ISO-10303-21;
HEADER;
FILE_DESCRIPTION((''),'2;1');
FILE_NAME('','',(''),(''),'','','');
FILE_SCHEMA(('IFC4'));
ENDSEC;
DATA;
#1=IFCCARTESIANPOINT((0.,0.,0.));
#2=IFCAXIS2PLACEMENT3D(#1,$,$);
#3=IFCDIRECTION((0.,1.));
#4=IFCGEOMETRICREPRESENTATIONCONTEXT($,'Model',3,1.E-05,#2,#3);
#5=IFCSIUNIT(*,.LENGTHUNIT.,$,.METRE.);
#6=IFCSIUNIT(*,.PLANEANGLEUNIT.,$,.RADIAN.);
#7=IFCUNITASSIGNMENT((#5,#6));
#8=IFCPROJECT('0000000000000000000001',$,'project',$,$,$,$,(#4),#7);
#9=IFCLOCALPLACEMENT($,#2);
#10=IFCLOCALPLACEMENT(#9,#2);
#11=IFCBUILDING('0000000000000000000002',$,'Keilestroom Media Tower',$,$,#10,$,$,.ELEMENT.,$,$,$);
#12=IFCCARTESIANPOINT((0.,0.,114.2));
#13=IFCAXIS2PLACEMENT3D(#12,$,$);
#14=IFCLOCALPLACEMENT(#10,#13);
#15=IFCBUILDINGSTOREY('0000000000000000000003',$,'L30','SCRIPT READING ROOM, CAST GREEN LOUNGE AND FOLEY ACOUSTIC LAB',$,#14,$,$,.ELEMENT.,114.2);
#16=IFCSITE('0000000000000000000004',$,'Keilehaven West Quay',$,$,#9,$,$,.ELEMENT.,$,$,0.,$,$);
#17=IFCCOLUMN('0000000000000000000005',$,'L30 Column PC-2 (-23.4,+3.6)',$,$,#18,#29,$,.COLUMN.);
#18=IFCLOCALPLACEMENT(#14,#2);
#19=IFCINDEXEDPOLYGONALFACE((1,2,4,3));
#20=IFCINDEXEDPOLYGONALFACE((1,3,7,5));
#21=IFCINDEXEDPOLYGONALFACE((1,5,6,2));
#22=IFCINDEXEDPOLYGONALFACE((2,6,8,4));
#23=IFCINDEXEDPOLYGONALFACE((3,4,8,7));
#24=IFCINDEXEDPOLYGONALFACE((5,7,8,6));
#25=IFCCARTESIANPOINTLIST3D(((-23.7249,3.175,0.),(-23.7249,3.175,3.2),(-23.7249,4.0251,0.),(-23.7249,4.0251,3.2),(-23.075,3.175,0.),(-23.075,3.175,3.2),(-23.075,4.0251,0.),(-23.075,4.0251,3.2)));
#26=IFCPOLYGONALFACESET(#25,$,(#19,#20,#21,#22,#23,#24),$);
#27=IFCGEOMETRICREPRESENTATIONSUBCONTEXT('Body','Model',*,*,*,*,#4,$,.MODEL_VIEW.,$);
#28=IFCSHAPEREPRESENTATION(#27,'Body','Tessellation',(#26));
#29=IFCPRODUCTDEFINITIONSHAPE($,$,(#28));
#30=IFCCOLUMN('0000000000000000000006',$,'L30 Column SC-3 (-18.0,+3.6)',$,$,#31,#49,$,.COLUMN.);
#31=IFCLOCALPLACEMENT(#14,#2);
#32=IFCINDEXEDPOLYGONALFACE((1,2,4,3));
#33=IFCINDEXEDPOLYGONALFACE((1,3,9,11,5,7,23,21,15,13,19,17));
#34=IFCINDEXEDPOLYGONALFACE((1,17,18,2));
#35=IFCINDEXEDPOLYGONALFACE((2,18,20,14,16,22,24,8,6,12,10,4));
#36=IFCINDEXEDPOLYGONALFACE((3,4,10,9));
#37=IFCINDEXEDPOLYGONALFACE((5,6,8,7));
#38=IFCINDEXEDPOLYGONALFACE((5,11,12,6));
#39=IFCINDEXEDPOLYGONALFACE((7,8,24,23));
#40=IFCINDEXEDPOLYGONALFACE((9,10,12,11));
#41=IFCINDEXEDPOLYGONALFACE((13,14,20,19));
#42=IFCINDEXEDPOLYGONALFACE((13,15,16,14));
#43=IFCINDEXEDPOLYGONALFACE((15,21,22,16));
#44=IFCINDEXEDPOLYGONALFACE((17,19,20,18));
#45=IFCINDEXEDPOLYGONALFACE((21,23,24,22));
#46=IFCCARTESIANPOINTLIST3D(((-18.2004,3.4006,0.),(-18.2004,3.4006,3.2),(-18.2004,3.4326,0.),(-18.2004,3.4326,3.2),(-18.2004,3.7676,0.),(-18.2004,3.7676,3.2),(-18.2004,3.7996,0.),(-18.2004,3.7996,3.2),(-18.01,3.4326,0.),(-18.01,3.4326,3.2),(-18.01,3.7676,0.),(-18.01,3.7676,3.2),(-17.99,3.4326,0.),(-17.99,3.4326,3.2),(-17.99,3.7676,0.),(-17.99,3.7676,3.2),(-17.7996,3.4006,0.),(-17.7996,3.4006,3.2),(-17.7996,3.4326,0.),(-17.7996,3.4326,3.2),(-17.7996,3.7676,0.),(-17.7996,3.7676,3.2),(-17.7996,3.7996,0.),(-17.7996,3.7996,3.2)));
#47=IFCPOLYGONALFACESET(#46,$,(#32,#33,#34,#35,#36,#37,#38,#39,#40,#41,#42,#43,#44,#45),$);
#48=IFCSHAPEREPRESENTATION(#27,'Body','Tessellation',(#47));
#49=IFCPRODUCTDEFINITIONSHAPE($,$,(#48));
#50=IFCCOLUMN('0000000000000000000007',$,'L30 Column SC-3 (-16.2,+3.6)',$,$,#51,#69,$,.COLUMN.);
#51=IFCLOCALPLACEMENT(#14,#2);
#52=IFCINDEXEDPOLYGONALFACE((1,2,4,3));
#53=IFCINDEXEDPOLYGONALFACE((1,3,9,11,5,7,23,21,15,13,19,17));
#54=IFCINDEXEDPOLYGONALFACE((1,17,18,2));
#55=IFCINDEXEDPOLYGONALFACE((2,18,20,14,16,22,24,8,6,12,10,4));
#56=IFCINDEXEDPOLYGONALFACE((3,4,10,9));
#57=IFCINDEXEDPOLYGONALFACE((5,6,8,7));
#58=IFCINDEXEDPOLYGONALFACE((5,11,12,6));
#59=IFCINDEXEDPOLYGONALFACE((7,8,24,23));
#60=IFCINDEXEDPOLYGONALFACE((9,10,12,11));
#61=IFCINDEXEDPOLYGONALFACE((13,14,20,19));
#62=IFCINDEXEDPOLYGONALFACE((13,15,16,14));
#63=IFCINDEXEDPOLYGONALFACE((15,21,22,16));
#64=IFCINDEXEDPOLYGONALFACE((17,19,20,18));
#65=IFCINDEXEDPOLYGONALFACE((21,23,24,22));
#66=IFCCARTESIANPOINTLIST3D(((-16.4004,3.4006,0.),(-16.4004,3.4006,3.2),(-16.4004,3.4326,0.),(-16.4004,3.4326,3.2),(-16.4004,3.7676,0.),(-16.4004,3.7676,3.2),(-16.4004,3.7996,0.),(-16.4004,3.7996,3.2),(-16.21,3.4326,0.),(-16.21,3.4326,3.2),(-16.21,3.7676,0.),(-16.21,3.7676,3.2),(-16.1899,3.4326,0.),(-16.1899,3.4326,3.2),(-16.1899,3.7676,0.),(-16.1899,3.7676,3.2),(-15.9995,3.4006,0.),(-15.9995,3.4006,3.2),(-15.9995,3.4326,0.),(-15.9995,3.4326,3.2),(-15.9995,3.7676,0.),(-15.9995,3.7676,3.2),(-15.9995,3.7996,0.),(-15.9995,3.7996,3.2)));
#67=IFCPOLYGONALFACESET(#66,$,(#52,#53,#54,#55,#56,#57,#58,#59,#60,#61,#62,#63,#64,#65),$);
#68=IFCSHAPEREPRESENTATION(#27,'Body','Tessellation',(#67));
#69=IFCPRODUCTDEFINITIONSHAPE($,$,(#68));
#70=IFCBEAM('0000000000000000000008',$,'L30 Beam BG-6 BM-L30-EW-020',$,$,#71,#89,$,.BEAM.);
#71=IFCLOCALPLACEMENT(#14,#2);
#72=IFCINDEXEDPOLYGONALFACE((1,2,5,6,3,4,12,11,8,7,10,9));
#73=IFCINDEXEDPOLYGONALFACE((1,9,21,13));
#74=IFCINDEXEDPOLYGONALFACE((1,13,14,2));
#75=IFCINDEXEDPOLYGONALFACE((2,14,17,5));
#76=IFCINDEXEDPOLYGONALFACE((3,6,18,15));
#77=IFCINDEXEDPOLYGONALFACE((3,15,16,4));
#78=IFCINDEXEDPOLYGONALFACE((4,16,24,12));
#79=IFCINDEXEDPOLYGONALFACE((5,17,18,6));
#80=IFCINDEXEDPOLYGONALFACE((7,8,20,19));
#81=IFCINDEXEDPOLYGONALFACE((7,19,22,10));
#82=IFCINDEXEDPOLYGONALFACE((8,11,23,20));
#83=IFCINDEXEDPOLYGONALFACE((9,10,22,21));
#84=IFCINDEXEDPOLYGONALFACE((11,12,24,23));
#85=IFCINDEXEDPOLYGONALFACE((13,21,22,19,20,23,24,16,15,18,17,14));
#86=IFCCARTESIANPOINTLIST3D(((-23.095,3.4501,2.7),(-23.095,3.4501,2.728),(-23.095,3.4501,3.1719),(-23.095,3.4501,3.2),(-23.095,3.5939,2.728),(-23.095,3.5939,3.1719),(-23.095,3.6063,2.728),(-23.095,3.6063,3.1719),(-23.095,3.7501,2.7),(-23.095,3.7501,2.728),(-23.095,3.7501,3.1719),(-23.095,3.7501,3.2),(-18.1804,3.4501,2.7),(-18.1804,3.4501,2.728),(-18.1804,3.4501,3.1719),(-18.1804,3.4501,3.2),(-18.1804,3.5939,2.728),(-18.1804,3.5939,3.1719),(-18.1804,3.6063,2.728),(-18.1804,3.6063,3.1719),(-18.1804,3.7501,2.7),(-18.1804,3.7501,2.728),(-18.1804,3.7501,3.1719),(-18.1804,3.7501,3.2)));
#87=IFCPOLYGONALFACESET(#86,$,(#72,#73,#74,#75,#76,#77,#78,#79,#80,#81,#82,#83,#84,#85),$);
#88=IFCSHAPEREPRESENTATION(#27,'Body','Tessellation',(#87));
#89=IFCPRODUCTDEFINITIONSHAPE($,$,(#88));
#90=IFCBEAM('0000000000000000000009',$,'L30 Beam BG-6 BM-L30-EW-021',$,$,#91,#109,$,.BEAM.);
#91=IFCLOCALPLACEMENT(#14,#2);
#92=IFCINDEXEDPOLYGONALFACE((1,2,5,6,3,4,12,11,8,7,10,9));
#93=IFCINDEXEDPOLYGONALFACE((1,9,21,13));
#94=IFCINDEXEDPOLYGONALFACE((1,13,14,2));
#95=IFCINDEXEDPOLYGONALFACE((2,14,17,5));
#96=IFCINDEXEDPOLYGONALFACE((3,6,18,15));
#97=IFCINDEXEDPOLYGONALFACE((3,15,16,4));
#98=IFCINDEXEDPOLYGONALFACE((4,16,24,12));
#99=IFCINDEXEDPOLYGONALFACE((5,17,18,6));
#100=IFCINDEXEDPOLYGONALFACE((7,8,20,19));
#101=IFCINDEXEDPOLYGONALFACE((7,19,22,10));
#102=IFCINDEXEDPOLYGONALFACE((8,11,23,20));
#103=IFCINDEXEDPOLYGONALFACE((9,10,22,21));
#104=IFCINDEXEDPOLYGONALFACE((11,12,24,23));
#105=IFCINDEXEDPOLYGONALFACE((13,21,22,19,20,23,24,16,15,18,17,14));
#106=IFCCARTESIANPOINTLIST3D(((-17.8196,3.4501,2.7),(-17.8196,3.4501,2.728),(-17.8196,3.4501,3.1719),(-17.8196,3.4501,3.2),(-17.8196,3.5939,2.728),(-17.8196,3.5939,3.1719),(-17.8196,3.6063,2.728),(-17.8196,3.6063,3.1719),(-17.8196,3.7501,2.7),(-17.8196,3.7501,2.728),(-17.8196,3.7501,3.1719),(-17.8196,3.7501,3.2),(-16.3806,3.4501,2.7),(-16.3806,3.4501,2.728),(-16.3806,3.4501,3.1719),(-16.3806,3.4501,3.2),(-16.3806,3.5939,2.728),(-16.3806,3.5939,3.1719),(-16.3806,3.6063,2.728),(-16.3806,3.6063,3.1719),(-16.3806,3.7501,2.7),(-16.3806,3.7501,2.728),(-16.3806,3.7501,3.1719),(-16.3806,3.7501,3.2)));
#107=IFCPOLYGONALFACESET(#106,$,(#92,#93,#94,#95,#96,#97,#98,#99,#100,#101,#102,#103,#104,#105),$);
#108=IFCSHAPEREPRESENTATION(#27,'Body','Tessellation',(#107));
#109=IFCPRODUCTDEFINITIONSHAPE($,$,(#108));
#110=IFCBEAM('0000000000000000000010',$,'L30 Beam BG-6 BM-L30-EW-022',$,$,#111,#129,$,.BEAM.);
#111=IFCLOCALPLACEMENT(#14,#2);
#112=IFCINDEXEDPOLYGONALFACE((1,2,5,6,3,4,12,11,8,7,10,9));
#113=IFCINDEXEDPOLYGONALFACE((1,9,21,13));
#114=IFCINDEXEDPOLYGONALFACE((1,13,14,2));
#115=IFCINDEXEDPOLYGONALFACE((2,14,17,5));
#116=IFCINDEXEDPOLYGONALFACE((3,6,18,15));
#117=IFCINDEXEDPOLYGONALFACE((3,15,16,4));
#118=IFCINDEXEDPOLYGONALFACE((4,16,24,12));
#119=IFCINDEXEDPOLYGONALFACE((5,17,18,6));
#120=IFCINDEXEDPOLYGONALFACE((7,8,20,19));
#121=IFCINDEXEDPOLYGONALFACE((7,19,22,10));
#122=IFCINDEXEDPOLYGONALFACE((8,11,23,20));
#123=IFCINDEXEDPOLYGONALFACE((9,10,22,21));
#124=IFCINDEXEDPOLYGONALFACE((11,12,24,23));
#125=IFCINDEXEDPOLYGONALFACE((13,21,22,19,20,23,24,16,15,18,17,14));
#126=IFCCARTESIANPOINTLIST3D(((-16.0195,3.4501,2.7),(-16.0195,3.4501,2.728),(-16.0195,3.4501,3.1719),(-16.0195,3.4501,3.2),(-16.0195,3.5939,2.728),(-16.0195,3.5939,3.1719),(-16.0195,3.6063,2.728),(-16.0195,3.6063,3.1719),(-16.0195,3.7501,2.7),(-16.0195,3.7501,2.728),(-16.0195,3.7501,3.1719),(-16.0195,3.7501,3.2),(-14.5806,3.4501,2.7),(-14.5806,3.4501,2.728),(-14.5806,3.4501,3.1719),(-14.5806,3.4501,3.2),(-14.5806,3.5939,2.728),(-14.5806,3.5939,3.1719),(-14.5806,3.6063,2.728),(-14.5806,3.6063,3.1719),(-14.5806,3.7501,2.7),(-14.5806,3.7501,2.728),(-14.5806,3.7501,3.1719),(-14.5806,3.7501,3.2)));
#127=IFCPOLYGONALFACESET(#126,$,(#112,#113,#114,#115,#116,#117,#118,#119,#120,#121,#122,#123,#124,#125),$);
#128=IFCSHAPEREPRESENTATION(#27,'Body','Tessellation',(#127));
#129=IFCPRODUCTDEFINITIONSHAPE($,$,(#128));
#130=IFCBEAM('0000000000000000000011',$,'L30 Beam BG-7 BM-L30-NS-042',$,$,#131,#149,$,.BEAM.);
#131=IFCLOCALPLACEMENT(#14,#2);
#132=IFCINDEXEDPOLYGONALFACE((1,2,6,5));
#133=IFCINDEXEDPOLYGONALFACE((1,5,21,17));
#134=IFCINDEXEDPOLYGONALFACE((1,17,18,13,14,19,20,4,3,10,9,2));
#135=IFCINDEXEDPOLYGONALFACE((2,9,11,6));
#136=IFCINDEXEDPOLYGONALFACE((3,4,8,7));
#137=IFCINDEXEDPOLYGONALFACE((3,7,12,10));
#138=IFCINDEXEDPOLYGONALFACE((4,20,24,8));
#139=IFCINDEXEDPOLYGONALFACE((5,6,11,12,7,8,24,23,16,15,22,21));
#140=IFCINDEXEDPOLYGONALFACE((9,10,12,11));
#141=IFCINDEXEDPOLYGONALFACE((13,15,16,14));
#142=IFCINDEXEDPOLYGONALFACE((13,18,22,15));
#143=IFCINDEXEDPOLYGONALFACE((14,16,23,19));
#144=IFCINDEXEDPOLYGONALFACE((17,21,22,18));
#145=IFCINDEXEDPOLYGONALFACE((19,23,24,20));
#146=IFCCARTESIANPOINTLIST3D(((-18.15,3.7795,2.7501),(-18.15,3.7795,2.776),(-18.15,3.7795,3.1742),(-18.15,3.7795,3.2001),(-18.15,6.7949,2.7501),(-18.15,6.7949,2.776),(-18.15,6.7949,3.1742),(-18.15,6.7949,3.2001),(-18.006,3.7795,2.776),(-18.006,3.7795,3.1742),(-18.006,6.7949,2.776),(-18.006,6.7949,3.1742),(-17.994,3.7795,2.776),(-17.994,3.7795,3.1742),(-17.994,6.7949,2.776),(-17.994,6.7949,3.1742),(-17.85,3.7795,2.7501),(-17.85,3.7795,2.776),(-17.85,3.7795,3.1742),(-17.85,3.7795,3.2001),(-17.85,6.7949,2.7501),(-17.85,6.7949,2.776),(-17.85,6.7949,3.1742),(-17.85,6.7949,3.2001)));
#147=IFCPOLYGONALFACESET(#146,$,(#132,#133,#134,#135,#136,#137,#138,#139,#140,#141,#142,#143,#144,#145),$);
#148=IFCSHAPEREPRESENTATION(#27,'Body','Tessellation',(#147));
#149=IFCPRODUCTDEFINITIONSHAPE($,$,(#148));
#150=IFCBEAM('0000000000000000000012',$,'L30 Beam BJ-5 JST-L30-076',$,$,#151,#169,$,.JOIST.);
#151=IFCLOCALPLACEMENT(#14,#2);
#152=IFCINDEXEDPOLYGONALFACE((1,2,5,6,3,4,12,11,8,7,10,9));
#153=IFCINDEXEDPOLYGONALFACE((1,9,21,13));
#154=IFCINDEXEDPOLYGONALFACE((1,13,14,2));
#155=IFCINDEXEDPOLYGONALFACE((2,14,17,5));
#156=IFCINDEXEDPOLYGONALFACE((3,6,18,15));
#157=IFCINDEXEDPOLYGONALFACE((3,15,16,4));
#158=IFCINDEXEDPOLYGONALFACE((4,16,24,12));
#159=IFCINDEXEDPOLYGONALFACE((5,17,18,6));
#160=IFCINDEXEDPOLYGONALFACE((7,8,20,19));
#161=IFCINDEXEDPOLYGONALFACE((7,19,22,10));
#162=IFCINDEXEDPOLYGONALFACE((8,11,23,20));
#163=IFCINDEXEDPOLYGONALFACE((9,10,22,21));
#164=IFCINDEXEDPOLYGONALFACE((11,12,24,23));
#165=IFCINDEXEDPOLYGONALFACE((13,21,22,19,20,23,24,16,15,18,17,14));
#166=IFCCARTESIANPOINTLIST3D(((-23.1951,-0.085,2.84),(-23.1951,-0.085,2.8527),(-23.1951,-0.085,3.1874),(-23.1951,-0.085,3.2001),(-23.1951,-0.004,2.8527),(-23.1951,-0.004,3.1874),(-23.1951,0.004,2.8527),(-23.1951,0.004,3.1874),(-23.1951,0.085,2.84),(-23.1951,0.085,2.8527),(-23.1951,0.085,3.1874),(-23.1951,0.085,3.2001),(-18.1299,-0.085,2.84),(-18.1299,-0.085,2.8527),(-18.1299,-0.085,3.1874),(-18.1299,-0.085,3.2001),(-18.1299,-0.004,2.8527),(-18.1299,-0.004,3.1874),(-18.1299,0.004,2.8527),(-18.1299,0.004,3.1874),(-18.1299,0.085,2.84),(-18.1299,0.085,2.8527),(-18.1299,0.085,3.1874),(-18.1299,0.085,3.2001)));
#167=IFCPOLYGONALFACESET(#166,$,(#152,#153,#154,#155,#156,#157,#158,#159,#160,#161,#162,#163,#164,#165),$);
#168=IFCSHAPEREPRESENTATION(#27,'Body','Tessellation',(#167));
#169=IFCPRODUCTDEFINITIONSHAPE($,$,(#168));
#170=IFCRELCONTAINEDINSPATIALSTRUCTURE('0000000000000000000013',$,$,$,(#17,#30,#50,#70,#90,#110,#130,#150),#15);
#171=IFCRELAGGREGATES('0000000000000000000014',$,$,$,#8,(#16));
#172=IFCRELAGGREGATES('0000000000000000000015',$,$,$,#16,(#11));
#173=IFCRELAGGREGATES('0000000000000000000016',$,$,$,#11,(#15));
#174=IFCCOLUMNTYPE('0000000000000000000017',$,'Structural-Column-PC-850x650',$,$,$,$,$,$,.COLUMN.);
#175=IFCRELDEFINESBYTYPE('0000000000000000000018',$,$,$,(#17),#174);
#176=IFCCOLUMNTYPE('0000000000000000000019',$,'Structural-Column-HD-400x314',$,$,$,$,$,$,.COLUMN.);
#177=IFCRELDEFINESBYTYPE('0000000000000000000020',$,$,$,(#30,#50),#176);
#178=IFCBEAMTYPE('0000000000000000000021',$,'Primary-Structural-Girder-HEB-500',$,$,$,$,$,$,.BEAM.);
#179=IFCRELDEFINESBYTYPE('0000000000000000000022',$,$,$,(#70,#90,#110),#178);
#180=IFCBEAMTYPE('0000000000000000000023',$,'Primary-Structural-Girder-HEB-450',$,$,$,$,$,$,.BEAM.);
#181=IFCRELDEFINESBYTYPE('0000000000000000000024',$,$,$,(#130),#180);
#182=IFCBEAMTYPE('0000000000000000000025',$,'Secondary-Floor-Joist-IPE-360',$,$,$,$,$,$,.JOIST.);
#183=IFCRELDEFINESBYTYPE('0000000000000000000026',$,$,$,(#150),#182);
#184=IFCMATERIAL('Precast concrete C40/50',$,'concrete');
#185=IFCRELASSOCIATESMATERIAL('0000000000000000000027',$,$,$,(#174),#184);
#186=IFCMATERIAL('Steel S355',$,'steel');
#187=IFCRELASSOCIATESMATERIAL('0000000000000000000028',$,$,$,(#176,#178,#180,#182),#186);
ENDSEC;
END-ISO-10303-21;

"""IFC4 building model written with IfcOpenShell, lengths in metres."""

from ifc_helpers import new_model, si_unit, direction, frame, origin, origin_2d, place, context, subcontext, project, spatial, rectangle, i_section, extrude, source, transform, mapped, material, material_profile, profile_set, type_object, element, save


model = new_model("IFC4")

# Units and contexts
model_context = context("Model", 3, precision=1e-05, world=origin(), true_north=direction((0.0, 1.0)))
body_context = subcontext(model_context, "Body", "Model", "MODEL_VIEW")
ifc_project = project(units=[si_unit("LENGTHUNIT", "METRE"), si_unit("PLANEANGLEUNIT", "RADIAN")], contexts=[model_context])

# Site, building, storey
site_placement = place(None, origin())
site = spatial("IfcSite", under=ifc_project, at=site_placement, Name="Keilehaven West Quay", CompositionType="ELEMENT", RefElevation=0.0)
building_placement = place(site_placement, origin())
building = spatial("IfcBuilding", under=site, at=building_placement, Name="Keilestroom Media Tower", CompositionType="ELEMENT")
storey_placement = place(building_placement, frame((0.0, 0.0, 114.2)))
storey = spatial("IfcBuildingStorey", under=building, at=storey_placement, Name="L30", Description="SCRIPT READING ROOM, CAST GREEN LOUNGE AND FOLEY ACOUSTIC LAB", CompositionType="ELEMENT", Elevation=114.2)

# Columns
ifc_material_1 = material(Name="Precast concrete C40/50", Category="concrete")
ifc_material_profile_1 = material_profile(ifc_material_1, rectangle(XDim=0.6499, YDim=0.8501, at=origin_2d()), Name="PC 850x650")
ifc_profile_set_1 = profile_set([ifc_material_profile_1], Name="Precast concrete C40/50")
column_type_1 = type_object("IfcColumnType", Name="Structural-Column-PC-850x650", PredefinedType="COLUMN", material=ifc_profile_set_1)
shared_shape_1 = source(origin(), body_context, "Body", "SweptSolid", [
    extrude(rectangle(XDim=0.6499, YDim=0.8501, at=origin_2d()), origin(), (0.0, 0.0, 1.0), 3.2),
])
column_placement = place(storey_placement, frame((-23.3999, 3.6001, 0.0), z_axis=(0.0, 0.0, 1.0), x_axis=(1.0, 0.0, 0.0)))
element("IfcColumn", 1, at=column_placement, inside=storey, type_object=column_type_1, Name="L30 Column PC-2 (-23.4,+3.6)", PredefinedType="COLUMN", context=body_context, shape_type="MappedRepresentation", body=[
    mapped(shared_shape_1, transform((0.0, 0.0, 0.0), x_axis=(1.0, 0.0, 0.0), y_axis=(0.0, 1.0, 0.0), z_axis=(0.0, 0.0, 1.0), scale=1.0)),
])
ifc_material_2 = material(Name="Steel S355", Category="steel")
ifc_material_profile_2 = material_profile(ifc_material_2, i_section(OverallWidth=0.4009, OverallDepth=0.3989, WebThickness=0.02, FlangeThickness=0.032, at=origin_2d()), Name="HD 400x314")
ifc_profile_set_2 = profile_set([ifc_material_profile_2], Name="Steel S355")
column_type_2 = type_object("IfcColumnType", Name="Structural-Column-HD-400x314", PredefinedType="COLUMN", material=ifc_profile_set_2)
shared_shape_2 = source(origin(), body_context, "Body", "SweptSolid", [
    extrude(i_section(OverallWidth=0.4009, OverallDepth=0.3989, WebThickness=0.02, FlangeThickness=0.032, at=origin_2d()), origin(), (0.0, 0.0, 1.0), 3.2),
])
for number, where, z_axis, x_axis, name in (
    (2, (-18.0, 3.6001, 0.0), (0.0, 0.0, 1.0), (1.0, 0.0, 0.0), "L30 Column SC-3 (-18.0,+3.6)"),
    (3, (-16.2, 3.6001, 0.0), (0.0, 0.0, 1.0), (1.0, 0.0, 0.0), "L30 Column SC-3 (-16.2,+3.6)"),
):
    element("IfcColumn", number, at=place(storey_placement, frame(where, z_axis=z_axis, x_axis=x_axis)), inside=storey, type_object=column_type_2, Name=name, PredefinedType="COLUMN", context=body_context, shape_type="MappedRepresentation", body=[
        mapped(shared_shape_2, transform((0.0, 0.0, 0.0), x_axis=(1.0, 0.0, 0.0), y_axis=(0.0, 1.0, 0.0), z_axis=(0.0, 0.0, 1.0), scale=1.0)),
    ])

# Beams
ifc_material_profile_3 = material_profile(ifc_material_2, i_section(OverallWidth=0.3, OverallDepth=0.5, WebThickness=0.0125, FlangeThickness=0.0281, at=origin_2d()), Name="HEB 500")
ifc_profile_set_3 = profile_set([ifc_material_profile_3], Name="Steel S355")
beam_type_1 = type_object("IfcBeamType", Name="Primary-Structural-Girder-HEB-500", PredefinedType="BEAM", material=ifc_profile_set_3)
shared_shape_3 = source(origin(), body_context, "Body", "SweptSolid", [
    extrude(i_section(OverallWidth=0.3, OverallDepth=0.5, WebThickness=0.0125, FlangeThickness=0.0281, at=origin_2d()), origin(), (0.0, 0.0, 1.0), 4.9146),
])
beam_1_placement = place(storey_placement, frame((-23.095, 3.6001, 2.95), z_axis=(1.0, 0.0, 0.0), x_axis=(0.0, 1.0, 0.0)))
element("IfcBeam", 4, at=beam_1_placement, inside=storey, type_object=beam_type_1, Name="L30 Beam BG-6 BM-L30-EW-020", PredefinedType="BEAM", context=body_context, shape_type="MappedRepresentation", body=[
    mapped(shared_shape_3, transform((0.0, 0.0, 0.0), x_axis=(1.0, 0.0, 0.0), y_axis=(0.0, 1.0, 0.0), z_axis=(0.0, 0.0, 1.0), scale=1.0)),
])
shared_shape_4 = source(origin(), body_context, "Body", "SweptSolid", [
    extrude(i_section(OverallWidth=0.3, OverallDepth=0.5, WebThickness=0.0125, FlangeThickness=0.0281, at=origin_2d()), origin(), (0.0, 0.0, 1.0), 1.439),
])
for number, where, z_axis, x_axis, name in (
    (5, (-17.8196, 3.6001, 2.95), (1.0, 0.0, 0.0), (0.0, 1.0, 0.0), "L30 Beam BG-6 BM-L30-EW-021"),
    (6, (-16.0195, 3.6001, 2.95), (1.0, 0.0, 0.0), (0.0, 1.0, 0.0), "L30 Beam BG-6 BM-L30-EW-022"),
):
    element("IfcBeam", number, at=place(storey_placement, frame(where, z_axis=z_axis, x_axis=x_axis)), inside=storey, type_object=beam_type_1, Name=name, PredefinedType="BEAM", context=body_context, shape_type="MappedRepresentation", body=[
        mapped(shared_shape_4, transform((0.0, 0.0, 0.0), x_axis=(1.0, 0.0, 0.0), y_axis=(0.0, 1.0, 0.0), z_axis=(0.0, 0.0, 1.0), scale=1.0)),
    ])
ifc_material_profile_4 = material_profile(ifc_material_2, i_section(OverallWidth=0.3, OverallDepth=0.45, WebThickness=0.012, FlangeThickness=0.0259, at=origin_2d()), Name="HEB 450")
ifc_profile_set_4 = profile_set([ifc_material_profile_4], Name="Steel S355")
beam_type_2 = type_object("IfcBeamType", Name="Primary-Structural-Girder-HEB-450", PredefinedType="BEAM", material=ifc_profile_set_4)
shared_shape_5 = source(origin(), body_context, "Body", "SweptSolid", [
    extrude(i_section(OverallWidth=0.3, OverallDepth=0.45, WebThickness=0.012, FlangeThickness=0.0259, at=origin_2d()), origin(), (0.0, 0.0, 1.0), 3.0154),
])
beam_2_placement = place(storey_placement, frame((-18.0, 3.7795, 2.9751), z_axis=(0.0, 1.0, 0.0), x_axis=(-1.0, 0.0, 0.0)))
element("IfcBeam", 7, at=beam_2_placement, inside=storey, type_object=beam_type_2, Name="L30 Beam BG-7 BM-L30-NS-042", PredefinedType="BEAM", context=body_context, shape_type="MappedRepresentation", body=[
    mapped(shared_shape_5, transform((0.0, 0.0, 0.0), x_axis=(1.0, 0.0, 0.0), y_axis=(0.0, 1.0, 0.0), z_axis=(0.0, 0.0, 1.0), scale=1.0)),
])
ifc_material_profile_5 = material_profile(ifc_material_2, i_section(OverallWidth=0.1699, OverallDepth=0.3601, WebThickness=0.0081, FlangeThickness=0.0127, at=origin_2d()), Name="IPE 360")
ifc_profile_set_5 = profile_set([ifc_material_profile_5], Name="Steel S355")
beam_type_3 = type_object("IfcBeamType", Name="Secondary-Floor-Joist-IPE-360", PredefinedType="JOIST", material=ifc_profile_set_5)
shared_shape_6 = source(origin(), body_context, "Body", "SweptSolid", [
    extrude(i_section(OverallWidth=0.1699, OverallDepth=0.3601, WebThickness=0.0081, FlangeThickness=0.0127, at=origin_2d()), origin(), (0.0, 0.0, 1.0), 5.0652),
])
for number, where, z_axis, x_axis, name in (
    (8, (-23.1951, 0.0, 3.02), (1.0, 0.0, 0.0), (0.0, 1.0, 0.0), "L30 Beam BJ-5 JST-L30-076"),
):
    element("IfcBeam", number, at=place(storey_placement, frame(where, z_axis=z_axis, x_axis=x_axis)), inside=storey, type_object=beam_type_3, Name=name, PredefinedType="JOIST", context=body_context, shape_type="MappedRepresentation", body=[
        mapped(shared_shape_6, transform((0.0, 0.0, 0.0), x_axis=(1.0, 0.0, 0.0), y_axis=(0.0, 1.0, 0.0), z_axis=(0.0, 0.0, 1.0), scale=1.0)),
    ])

save(model, "model.ifc")
